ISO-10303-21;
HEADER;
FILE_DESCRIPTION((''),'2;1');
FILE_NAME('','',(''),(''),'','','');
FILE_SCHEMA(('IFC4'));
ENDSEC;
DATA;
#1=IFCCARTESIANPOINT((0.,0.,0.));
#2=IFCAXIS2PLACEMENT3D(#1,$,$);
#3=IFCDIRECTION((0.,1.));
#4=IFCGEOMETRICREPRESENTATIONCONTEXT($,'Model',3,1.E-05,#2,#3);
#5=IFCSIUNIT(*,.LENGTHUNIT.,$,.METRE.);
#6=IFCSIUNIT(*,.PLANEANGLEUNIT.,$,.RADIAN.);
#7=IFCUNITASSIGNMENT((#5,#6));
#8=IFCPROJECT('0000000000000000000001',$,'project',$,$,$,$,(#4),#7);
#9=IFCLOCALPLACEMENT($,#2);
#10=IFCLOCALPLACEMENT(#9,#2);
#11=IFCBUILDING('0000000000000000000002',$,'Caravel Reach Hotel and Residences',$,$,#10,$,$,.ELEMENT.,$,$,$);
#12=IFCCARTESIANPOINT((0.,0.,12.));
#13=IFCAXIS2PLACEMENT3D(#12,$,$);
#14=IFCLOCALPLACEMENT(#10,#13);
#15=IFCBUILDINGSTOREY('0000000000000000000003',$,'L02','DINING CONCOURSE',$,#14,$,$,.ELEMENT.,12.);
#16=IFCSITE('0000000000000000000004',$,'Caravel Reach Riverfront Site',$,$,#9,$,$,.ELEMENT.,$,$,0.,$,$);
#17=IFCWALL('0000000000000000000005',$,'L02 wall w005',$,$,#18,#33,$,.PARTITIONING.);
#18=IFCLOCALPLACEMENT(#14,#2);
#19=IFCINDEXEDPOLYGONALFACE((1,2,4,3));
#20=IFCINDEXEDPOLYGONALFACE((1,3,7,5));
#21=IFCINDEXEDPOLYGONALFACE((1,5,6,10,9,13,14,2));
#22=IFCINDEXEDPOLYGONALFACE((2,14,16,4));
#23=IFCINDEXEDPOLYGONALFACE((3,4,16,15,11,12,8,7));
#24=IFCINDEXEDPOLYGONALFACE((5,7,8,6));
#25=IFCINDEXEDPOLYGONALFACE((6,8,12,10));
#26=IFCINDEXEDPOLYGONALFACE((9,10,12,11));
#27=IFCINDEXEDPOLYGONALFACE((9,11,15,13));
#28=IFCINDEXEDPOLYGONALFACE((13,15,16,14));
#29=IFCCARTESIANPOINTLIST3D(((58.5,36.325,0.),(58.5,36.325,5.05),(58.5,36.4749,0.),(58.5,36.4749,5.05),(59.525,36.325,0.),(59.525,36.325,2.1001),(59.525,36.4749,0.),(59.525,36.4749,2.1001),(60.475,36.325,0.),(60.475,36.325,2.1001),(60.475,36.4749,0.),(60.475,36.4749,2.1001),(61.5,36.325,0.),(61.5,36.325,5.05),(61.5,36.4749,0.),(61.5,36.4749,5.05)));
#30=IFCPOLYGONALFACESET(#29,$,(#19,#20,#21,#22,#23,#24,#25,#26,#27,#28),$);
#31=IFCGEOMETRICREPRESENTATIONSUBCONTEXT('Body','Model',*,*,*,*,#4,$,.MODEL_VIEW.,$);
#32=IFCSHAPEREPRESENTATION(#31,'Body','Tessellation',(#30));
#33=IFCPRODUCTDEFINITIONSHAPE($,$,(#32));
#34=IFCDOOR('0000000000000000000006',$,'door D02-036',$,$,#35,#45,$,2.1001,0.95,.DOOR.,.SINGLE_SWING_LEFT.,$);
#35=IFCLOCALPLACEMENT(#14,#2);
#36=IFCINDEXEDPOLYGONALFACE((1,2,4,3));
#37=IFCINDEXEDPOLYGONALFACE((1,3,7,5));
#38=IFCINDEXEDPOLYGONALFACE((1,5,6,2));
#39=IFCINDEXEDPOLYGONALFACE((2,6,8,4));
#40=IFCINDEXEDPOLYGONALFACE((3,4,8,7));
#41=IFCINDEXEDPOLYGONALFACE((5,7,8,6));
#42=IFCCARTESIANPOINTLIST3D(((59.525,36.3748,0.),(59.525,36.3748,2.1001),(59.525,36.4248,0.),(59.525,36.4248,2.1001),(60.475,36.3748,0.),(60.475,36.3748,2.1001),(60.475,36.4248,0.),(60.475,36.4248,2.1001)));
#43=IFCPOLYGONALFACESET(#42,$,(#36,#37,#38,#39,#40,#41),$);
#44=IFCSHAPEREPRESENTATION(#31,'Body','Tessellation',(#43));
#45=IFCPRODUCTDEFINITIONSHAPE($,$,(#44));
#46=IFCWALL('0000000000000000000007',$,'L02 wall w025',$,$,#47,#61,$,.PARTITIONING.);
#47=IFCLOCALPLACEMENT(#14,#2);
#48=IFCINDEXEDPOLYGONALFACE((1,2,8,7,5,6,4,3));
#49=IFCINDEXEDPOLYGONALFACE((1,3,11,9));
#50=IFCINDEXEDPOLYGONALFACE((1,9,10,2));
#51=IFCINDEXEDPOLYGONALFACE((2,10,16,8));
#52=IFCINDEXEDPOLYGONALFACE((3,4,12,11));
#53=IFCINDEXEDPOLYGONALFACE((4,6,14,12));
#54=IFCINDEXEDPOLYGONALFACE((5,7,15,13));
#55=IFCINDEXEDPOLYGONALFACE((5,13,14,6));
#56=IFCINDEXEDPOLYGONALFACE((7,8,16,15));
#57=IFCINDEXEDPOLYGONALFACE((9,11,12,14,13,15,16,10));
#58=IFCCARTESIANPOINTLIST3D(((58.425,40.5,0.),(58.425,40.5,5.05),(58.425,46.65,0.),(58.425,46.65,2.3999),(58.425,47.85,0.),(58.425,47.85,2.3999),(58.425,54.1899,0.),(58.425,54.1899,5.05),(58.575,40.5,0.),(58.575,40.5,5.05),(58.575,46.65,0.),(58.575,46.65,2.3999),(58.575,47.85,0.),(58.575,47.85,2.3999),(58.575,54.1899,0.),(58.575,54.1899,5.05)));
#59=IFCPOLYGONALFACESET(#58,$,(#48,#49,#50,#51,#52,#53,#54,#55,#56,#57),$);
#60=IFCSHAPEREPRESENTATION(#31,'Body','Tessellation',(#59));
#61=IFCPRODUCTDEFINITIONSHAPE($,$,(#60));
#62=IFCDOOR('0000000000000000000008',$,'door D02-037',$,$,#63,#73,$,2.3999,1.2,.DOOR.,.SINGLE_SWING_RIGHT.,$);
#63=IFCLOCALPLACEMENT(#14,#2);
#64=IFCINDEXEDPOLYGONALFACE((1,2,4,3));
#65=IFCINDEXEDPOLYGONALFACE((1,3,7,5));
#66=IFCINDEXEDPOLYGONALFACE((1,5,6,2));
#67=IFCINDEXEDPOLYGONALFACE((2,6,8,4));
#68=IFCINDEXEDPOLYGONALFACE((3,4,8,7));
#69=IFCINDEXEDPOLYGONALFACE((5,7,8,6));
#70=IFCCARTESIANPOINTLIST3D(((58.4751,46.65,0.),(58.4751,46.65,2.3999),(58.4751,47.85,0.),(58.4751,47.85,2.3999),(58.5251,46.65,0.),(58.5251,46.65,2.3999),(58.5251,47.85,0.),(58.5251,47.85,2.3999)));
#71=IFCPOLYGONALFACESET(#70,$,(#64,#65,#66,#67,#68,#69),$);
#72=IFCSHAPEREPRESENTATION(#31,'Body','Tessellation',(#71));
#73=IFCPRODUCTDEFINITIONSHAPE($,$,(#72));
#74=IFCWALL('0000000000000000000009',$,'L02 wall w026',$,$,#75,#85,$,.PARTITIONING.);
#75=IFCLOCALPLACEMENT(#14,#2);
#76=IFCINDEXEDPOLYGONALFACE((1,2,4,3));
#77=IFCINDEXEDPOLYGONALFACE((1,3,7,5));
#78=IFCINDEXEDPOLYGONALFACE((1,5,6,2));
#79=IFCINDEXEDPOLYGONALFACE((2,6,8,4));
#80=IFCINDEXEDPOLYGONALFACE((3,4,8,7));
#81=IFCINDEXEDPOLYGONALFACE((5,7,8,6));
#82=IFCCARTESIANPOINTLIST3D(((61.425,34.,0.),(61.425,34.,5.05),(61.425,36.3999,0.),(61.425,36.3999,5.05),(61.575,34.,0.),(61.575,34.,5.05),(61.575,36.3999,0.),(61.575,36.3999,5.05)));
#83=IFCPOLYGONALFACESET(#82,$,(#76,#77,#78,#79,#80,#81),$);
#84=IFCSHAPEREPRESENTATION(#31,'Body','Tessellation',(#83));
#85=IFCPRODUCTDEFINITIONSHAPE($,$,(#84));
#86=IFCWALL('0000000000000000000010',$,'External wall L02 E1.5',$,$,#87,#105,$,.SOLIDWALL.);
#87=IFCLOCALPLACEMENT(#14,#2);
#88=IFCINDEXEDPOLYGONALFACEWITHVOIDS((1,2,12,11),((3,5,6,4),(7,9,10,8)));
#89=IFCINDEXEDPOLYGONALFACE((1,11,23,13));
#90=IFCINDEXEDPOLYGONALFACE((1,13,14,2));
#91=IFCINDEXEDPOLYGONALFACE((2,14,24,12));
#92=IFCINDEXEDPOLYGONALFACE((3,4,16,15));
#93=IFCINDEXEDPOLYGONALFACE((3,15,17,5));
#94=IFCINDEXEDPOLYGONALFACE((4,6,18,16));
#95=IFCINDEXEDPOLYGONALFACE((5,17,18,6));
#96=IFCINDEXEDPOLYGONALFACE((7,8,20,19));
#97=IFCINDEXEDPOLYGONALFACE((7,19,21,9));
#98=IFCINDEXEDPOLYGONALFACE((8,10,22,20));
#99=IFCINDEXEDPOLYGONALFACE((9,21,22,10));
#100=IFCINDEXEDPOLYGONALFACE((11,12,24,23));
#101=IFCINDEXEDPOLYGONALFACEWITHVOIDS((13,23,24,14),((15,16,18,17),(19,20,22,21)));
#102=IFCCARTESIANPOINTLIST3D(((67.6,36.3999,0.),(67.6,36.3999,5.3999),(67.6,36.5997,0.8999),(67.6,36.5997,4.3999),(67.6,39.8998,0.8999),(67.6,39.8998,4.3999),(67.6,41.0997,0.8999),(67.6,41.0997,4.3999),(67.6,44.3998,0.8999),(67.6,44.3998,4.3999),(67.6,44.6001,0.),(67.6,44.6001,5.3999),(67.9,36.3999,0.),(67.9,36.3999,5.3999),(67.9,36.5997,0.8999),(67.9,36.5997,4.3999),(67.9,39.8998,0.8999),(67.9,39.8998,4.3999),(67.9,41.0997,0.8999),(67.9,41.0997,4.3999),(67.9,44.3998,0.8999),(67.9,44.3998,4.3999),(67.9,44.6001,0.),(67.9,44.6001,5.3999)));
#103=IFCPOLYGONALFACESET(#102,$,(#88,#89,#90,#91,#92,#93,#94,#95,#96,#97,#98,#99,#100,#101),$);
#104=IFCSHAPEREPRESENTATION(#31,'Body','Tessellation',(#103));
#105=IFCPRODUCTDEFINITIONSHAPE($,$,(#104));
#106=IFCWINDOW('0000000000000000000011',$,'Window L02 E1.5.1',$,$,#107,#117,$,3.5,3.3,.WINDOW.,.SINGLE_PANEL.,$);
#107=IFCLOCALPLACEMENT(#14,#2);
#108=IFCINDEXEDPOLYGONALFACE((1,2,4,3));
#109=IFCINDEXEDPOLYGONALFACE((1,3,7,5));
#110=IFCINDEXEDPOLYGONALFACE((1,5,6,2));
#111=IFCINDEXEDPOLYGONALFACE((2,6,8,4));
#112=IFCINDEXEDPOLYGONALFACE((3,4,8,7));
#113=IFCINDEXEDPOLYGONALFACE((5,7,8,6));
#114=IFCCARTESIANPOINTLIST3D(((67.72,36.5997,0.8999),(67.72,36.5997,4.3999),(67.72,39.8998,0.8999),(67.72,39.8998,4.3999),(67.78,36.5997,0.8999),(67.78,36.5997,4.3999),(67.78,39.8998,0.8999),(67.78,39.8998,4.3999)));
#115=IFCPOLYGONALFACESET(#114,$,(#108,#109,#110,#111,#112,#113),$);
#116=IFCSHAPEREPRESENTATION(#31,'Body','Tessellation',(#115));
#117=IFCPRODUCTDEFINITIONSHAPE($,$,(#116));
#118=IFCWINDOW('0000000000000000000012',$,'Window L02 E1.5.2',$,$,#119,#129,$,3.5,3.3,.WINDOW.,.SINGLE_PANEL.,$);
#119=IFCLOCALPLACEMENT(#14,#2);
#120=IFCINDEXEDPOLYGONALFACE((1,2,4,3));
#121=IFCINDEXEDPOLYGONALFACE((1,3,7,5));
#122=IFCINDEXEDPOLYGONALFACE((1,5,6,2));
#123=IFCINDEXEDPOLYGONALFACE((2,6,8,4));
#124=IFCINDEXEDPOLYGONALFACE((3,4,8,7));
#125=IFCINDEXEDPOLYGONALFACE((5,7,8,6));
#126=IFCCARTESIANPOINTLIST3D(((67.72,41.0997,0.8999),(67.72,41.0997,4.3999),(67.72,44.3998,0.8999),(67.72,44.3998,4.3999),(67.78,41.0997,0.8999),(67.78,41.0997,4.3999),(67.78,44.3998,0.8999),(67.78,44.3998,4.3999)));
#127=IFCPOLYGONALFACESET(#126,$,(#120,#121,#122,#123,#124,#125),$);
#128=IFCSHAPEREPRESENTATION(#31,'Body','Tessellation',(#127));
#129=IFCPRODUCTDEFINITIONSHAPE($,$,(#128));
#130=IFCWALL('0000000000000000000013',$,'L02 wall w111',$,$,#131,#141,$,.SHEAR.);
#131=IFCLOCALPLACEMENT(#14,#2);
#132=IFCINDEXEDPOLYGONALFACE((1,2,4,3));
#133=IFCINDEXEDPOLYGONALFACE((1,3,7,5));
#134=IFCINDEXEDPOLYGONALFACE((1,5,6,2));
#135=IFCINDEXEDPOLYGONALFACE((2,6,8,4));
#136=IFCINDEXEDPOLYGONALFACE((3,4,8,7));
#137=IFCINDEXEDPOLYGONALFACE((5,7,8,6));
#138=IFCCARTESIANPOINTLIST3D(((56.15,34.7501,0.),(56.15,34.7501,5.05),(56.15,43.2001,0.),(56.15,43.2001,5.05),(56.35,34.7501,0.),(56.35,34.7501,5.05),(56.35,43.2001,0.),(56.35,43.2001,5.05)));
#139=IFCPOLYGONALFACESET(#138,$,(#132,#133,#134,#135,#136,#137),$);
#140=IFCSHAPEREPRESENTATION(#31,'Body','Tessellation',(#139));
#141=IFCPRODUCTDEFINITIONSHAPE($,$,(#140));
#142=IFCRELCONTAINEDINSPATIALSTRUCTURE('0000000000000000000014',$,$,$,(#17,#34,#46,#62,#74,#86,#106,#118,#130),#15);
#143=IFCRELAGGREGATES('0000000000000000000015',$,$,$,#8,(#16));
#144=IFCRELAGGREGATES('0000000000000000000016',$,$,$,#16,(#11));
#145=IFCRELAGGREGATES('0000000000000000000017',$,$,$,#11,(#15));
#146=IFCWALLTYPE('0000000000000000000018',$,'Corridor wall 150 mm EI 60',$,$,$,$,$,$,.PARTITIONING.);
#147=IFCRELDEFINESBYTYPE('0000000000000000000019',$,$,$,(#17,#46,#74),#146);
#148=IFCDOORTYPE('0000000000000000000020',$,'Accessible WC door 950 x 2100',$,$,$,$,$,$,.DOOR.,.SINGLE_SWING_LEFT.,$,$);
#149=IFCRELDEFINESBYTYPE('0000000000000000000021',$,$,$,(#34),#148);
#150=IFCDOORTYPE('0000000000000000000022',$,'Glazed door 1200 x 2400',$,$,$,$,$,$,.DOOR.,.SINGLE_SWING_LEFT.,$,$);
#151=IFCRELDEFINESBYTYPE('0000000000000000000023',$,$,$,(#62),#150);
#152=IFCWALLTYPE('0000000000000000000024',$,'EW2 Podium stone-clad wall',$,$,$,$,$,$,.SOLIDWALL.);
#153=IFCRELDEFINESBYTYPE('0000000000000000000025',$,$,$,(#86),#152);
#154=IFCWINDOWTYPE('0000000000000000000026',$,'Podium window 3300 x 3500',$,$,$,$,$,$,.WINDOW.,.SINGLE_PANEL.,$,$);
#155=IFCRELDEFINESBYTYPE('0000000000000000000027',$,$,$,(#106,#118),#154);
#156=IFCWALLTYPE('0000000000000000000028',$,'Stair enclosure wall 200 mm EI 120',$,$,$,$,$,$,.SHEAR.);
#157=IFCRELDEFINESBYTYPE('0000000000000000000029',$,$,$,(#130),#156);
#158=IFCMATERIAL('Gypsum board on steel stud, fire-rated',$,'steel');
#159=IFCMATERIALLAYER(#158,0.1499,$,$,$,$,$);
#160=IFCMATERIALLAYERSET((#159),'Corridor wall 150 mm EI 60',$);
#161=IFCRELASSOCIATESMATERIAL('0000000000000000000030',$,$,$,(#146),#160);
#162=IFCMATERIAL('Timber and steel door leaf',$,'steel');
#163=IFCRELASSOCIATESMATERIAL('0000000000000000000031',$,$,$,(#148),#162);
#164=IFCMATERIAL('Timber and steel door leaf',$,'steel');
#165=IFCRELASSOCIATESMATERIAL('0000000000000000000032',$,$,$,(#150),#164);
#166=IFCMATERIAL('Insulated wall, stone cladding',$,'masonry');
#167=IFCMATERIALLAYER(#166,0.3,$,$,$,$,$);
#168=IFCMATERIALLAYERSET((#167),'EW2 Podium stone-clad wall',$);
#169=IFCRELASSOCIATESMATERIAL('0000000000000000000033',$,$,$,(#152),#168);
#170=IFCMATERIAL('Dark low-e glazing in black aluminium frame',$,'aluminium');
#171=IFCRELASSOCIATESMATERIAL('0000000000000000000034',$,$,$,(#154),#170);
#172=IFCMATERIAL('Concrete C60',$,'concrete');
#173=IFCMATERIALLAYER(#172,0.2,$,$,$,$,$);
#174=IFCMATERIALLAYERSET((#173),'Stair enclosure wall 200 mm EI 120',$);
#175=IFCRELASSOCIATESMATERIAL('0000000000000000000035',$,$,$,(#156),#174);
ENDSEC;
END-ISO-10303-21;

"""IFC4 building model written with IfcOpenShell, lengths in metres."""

from ifc_helpers import new_model, si_unit, direction, frame, frame_2d, origin, place, context, subcontext, project, spatial, rectangle, extrude, material, layer, layer_set, type_object, element, fill, save


model = new_model("IFC4")

# Units and contexts
model_context = context("Model", 3, precision=1e-05, world=origin(), true_north=direction((0.0, 1.0)))
body_context = subcontext(model_context, "Body", "Model", "MODEL_VIEW")
ifc_project = project(units=[si_unit("LENGTHUNIT", "METRE"), si_unit("PLANEANGLEUNIT", "RADIAN")], contexts=[model_context])

# Site, building, storey
site_placement = place(None, origin())
site = spatial("IfcSite", under=ifc_project, at=site_placement, Name="Caravel Reach Riverfront Site", CompositionType="ELEMENT", RefElevation=0.0)
building_placement = place(site_placement, origin())
building = spatial("IfcBuilding", under=site, at=building_placement, Name="Caravel Reach Hotel and Residences", CompositionType="ELEMENT")
storey_placement = place(building_placement, frame((0.0, 0.0, 12.0)))
storey = spatial("IfcBuildingStorey", under=building, at=storey_placement, Name="L02", Description="DINING CONCOURSE", CompositionType="ELEMENT", Elevation=12.0)

# Walls, openings, doors
ifc_material_1 = material(Name="Gypsum board on steel stud, fire-rated", Category="steel")
ifc_layer_1 = layer(ifc_material_1, 0.1499)
ifc_layer_set_1 = layer_set([ifc_layer_1], Name="Corridor wall 150 mm EI 60")
wall_type_1 = type_object("IfcWallType", Name="Corridor wall 150 mm EI 60", PredefinedType="PARTITIONING", material=ifc_layer_set_1)
wall_1_placement = place(storey_placement, frame((58.5, 36.3999, 0.0), z_axis=(0.0, 0.0, 1.0), x_axis=(1.0, 0.0, 0.0)))
wall_1 = element("IfcWall", 1, at=wall_1_placement, inside=storey, type_object=wall_type_1, Name="L02 wall w005", PredefinedType="PARTITIONING", context=body_context, shape_type="SweptSolid", body=[
    extrude(rectangle(XDim=3.0, YDim=0.1499, at=frame_2d((1.5, 0.0))), origin(), (0.0, 0.0, 1.0), 5.05),
])
opening_1_placement = place(wall_1_placement, frame((1.0249, 0.0, 0.0)))
opening_1 = element("IfcOpeningElement", 2, at=opening_1_placement, cuts=wall_1, PredefinedType="OPENING", context=body_context, shape_type="SweptSolid", body=[
    extrude(rectangle(XDim=0.95, YDim=2.1001, at=frame_2d((0.4751, 1.05))), frame((0.0, 0.085, 0.0), z_axis=(0.0, -1.0, 0.0), x_axis=(1.0, 0.0, 0.0)), (0.0, 0.0, 1.0), 0.1699),
])
ifc_material_2 = material(Name="Timber and steel door leaf", Category="steel")
door_type_1 = type_object("IfcDoorType", Name="Accessible WC door 950 x 2100", OperationType="SINGLE_SWING_LEFT", PredefinedType="DOOR", material=ifc_material_2)
door_1_placement = place(opening_1_placement, origin())
door_1 = element("IfcDoor", 3, at=door_1_placement, inside=storey, type_object=door_type_1, Name="door D02-036", OperationType="SINGLE_SWING_LEFT", OverallHeight=2.1001, OverallWidth=0.95, PredefinedType="DOOR", context=body_context, shape_type="SweptSolid", body=[
    extrude(rectangle(XDim=0.95, YDim=2.1001, at=frame_2d((0.4751, 1.05))), frame((0.0, 0.0249, 0.0), z_axis=(0.0, -1.0, 0.0), x_axis=(1.0, 0.0, 0.0)), (0.0, 0.0, 1.0), 0.05),
])
fill(opening_1, door_1)
wall_2_placement = place(storey_placement, frame((58.5, 40.5, 0.0), z_axis=(0.0, 0.0, 1.0), x_axis=(0.0, 1.0, 0.0)))
wall_2 = element("IfcWall", 4, at=wall_2_placement, inside=storey, type_object=wall_type_1, Name="L02 wall w025", PredefinedType="PARTITIONING", context=body_context, shape_type="SweptSolid", body=[
    extrude(rectangle(XDim=13.6899, YDim=0.1499, at=frame_2d((6.845, 0.0))), origin(), (0.0, 0.0, 1.0), 5.05),
])
opening_2_placement = place(wall_2_placement, frame((6.1499, 0.0, 0.0)))
opening_2 = element("IfcOpeningElement", 5, at=opening_2_placement, cuts=wall_2, PredefinedType="OPENING", context=body_context, shape_type="SweptSolid", body=[
    extrude(rectangle(XDim=1.2, YDim=2.3999, at=frame_2d((0.6001, 1.2))), frame((0.0, 0.085, 0.0), z_axis=(0.0, -1.0, 0.0), x_axis=(1.0, 0.0, 0.0)), (0.0, 0.0, 1.0), 0.1699),
])
ifc_material_3 = material(Name="Timber and steel door leaf", Category="steel")
door_type_2 = type_object("IfcDoorType", Name="Glazed door 1200 x 2400", OperationType="SINGLE_SWING_LEFT", PredefinedType="DOOR", material=ifc_material_3)
door_2_placement = place(opening_2_placement, origin())
door_2 = element("IfcDoor", 6, at=door_2_placement, inside=storey, type_object=door_type_2, Name="door D02-037", OperationType="SINGLE_SWING_RIGHT", OverallHeight=2.3999, OverallWidth=1.2, PredefinedType="DOOR", context=body_context, shape_type="SweptSolid", body=[
    extrude(rectangle(XDim=1.2, YDim=2.3999, at=frame_2d((0.6001, 1.2))), frame((0.0, 0.0249, 0.0), z_axis=(0.0, -1.0, 0.0), x_axis=(1.0, 0.0, 0.0)), (0.0, 0.0, 1.0), 0.05),
])
fill(opening_2, door_2)

# Wall
wall_3_placement = place(storey_placement, frame((61.5, 34.0, 0.0), z_axis=(0.0, 0.0, 1.0), x_axis=(0.0, 1.0, 0.0)))
element("IfcWall", 7, at=wall_3_placement, inside=storey, type_object=wall_type_1, Name="L02 wall w026", PredefinedType="PARTITIONING", context=body_context, shape_type="SweptSolid", body=[
    extrude(rectangle(XDim=2.3999, YDim=0.1499, at=frame_2d((1.2, 0.0))), origin(), (0.0, 0.0, 1.0), 5.05),
])

# Wall, openings, windows
ifc_material_4 = material(Name="Insulated wall, stone cladding", Category="masonry")
ifc_layer_2 = layer(ifc_material_4, 0.3)
ifc_layer_set_2 = layer_set([ifc_layer_2], Name="EW2 Podium stone-clad wall")
wall_type_2 = type_object("IfcWallType", Name="EW2 Podium stone-clad wall", PredefinedType="SOLIDWALL", material=ifc_layer_set_2)
wall_4_placement = place(storey_placement, frame((67.75, 36.3999, 0.0), z_axis=(0.0, 0.0, 1.0), x_axis=(0.0, 1.0, 0.0)))
wall_4 = element("IfcWall", 8, at=wall_4_placement, inside=storey, type_object=wall_type_2, Name="External wall L02 E1.5", PredefinedType="SOLIDWALL", context=body_context, shape_type="SweptSolid", body=[
    extrude(rectangle(XDim=8.2002, YDim=0.3, at=frame_2d((4.1001, 0.0))), origin(), (0.0, 0.0, 1.0), 5.3999),
])
opening_3_placement = place(wall_4_placement, frame((0.2, 0.0, 0.8999)))
opening_3 = element("IfcOpeningElement", 9, at=opening_3_placement, cuts=wall_4, PredefinedType="OPENING", context=body_context, shape_type="SweptSolid", body=[
    extrude(rectangle(XDim=3.3, YDim=3.5, at=frame_2d((1.6499, 1.75))), frame((0.0, 0.1599, 0.0), z_axis=(0.0, -1.0, 0.0), x_axis=(1.0, 0.0, 0.0)), (0.0, 0.0, 1.0), 0.3201),
])
opening_4_placement = place(wall_4_placement, frame((4.7, 0.0, 0.8999)))
opening_4 = element("IfcOpeningElement", 10, at=opening_4_placement, cuts=wall_4, PredefinedType="OPENING", context=body_context, shape_type="SweptSolid", body=[
    extrude(rectangle(XDim=3.3, YDim=3.5, at=frame_2d((1.6499, 1.75))), frame((0.0, 0.1599, 0.0), z_axis=(0.0, -1.0, 0.0), x_axis=(1.0, 0.0, 0.0)), (0.0, 0.0, 1.0), 0.3201),
])
ifc_material_5 = material(Name="Dark low-e glazing in black aluminium frame", Category="aluminium")
window_type = type_object("IfcWindowType", Name="Podium window 3300 x 3500", PartitioningType="SINGLE_PANEL", PredefinedType="WINDOW", material=ifc_material_5)
window_1_placement = place(opening_3_placement, origin())
window_1 = element("IfcWindow", 11, at=window_1_placement, inside=storey, type_object=window_type, Name="Window L02 E1.5.1", OverallHeight=3.5, OverallWidth=3.3, PartitioningType="SINGLE_PANEL", PredefinedType="WINDOW", context=body_context, shape_type="SweptSolid", body=[
    extrude(rectangle(XDim=3.3, YDim=3.5, at=frame_2d((1.6499, 1.75))), frame((0.0, 0.03, 0.0), z_axis=(0.0, -1.0, 0.0), x_axis=(1.0, 0.0, 0.0)), (0.0, 0.0, 1.0), 0.0601),
])
fill(opening_3, window_1)
window_2_placement = place(opening_4_placement, origin())
window_2 = element("IfcWindow", 12, at=window_2_placement, inside=storey, type_object=window_type, Name="Window L02 E1.5.2", OverallHeight=3.5, OverallWidth=3.3, PartitioningType="SINGLE_PANEL", PredefinedType="WINDOW", context=body_context, shape_type="SweptSolid", body=[
    extrude(rectangle(XDim=3.3, YDim=3.5, at=frame_2d((1.6499, 1.75))), frame((0.0, 0.03, 0.0), z_axis=(0.0, -1.0, 0.0), x_axis=(1.0, 0.0, 0.0)), (0.0, 0.0, 1.0), 0.0601),
])
fill(opening_4, window_2)

# Wall
ifc_material_6 = material(Name="Concrete C60", Category="concrete")
ifc_layer_3 = layer(ifc_material_6, 0.2)
ifc_layer_set_3 = layer_set([ifc_layer_3], Name="Stair enclosure wall 200 mm EI 120")
wall_type_3 = type_object("IfcWallType", Name="Stair enclosure wall 200 mm EI 120", PredefinedType="SHEAR", material=ifc_layer_set_3)
wall_5_placement = place(storey_placement, frame((56.25, 34.75, 0.0), z_axis=(0.0, 0.0, 1.0), x_axis=(0.0, 1.0, 0.0)))
element("IfcWall", 13, at=wall_5_placement, inside=storey, type_object=wall_type_3, Name="L02 wall w111", PredefinedType="SHEAR", context=body_context, shape_type="SweptSolid", body=[
    extrude(rectangle(XDim=8.45, YDim=0.2, at=frame_2d((4.2251, 0.0))), origin(), (0.0, 0.0, 1.0), 5.05),
])

save(model, "model.ifc")
